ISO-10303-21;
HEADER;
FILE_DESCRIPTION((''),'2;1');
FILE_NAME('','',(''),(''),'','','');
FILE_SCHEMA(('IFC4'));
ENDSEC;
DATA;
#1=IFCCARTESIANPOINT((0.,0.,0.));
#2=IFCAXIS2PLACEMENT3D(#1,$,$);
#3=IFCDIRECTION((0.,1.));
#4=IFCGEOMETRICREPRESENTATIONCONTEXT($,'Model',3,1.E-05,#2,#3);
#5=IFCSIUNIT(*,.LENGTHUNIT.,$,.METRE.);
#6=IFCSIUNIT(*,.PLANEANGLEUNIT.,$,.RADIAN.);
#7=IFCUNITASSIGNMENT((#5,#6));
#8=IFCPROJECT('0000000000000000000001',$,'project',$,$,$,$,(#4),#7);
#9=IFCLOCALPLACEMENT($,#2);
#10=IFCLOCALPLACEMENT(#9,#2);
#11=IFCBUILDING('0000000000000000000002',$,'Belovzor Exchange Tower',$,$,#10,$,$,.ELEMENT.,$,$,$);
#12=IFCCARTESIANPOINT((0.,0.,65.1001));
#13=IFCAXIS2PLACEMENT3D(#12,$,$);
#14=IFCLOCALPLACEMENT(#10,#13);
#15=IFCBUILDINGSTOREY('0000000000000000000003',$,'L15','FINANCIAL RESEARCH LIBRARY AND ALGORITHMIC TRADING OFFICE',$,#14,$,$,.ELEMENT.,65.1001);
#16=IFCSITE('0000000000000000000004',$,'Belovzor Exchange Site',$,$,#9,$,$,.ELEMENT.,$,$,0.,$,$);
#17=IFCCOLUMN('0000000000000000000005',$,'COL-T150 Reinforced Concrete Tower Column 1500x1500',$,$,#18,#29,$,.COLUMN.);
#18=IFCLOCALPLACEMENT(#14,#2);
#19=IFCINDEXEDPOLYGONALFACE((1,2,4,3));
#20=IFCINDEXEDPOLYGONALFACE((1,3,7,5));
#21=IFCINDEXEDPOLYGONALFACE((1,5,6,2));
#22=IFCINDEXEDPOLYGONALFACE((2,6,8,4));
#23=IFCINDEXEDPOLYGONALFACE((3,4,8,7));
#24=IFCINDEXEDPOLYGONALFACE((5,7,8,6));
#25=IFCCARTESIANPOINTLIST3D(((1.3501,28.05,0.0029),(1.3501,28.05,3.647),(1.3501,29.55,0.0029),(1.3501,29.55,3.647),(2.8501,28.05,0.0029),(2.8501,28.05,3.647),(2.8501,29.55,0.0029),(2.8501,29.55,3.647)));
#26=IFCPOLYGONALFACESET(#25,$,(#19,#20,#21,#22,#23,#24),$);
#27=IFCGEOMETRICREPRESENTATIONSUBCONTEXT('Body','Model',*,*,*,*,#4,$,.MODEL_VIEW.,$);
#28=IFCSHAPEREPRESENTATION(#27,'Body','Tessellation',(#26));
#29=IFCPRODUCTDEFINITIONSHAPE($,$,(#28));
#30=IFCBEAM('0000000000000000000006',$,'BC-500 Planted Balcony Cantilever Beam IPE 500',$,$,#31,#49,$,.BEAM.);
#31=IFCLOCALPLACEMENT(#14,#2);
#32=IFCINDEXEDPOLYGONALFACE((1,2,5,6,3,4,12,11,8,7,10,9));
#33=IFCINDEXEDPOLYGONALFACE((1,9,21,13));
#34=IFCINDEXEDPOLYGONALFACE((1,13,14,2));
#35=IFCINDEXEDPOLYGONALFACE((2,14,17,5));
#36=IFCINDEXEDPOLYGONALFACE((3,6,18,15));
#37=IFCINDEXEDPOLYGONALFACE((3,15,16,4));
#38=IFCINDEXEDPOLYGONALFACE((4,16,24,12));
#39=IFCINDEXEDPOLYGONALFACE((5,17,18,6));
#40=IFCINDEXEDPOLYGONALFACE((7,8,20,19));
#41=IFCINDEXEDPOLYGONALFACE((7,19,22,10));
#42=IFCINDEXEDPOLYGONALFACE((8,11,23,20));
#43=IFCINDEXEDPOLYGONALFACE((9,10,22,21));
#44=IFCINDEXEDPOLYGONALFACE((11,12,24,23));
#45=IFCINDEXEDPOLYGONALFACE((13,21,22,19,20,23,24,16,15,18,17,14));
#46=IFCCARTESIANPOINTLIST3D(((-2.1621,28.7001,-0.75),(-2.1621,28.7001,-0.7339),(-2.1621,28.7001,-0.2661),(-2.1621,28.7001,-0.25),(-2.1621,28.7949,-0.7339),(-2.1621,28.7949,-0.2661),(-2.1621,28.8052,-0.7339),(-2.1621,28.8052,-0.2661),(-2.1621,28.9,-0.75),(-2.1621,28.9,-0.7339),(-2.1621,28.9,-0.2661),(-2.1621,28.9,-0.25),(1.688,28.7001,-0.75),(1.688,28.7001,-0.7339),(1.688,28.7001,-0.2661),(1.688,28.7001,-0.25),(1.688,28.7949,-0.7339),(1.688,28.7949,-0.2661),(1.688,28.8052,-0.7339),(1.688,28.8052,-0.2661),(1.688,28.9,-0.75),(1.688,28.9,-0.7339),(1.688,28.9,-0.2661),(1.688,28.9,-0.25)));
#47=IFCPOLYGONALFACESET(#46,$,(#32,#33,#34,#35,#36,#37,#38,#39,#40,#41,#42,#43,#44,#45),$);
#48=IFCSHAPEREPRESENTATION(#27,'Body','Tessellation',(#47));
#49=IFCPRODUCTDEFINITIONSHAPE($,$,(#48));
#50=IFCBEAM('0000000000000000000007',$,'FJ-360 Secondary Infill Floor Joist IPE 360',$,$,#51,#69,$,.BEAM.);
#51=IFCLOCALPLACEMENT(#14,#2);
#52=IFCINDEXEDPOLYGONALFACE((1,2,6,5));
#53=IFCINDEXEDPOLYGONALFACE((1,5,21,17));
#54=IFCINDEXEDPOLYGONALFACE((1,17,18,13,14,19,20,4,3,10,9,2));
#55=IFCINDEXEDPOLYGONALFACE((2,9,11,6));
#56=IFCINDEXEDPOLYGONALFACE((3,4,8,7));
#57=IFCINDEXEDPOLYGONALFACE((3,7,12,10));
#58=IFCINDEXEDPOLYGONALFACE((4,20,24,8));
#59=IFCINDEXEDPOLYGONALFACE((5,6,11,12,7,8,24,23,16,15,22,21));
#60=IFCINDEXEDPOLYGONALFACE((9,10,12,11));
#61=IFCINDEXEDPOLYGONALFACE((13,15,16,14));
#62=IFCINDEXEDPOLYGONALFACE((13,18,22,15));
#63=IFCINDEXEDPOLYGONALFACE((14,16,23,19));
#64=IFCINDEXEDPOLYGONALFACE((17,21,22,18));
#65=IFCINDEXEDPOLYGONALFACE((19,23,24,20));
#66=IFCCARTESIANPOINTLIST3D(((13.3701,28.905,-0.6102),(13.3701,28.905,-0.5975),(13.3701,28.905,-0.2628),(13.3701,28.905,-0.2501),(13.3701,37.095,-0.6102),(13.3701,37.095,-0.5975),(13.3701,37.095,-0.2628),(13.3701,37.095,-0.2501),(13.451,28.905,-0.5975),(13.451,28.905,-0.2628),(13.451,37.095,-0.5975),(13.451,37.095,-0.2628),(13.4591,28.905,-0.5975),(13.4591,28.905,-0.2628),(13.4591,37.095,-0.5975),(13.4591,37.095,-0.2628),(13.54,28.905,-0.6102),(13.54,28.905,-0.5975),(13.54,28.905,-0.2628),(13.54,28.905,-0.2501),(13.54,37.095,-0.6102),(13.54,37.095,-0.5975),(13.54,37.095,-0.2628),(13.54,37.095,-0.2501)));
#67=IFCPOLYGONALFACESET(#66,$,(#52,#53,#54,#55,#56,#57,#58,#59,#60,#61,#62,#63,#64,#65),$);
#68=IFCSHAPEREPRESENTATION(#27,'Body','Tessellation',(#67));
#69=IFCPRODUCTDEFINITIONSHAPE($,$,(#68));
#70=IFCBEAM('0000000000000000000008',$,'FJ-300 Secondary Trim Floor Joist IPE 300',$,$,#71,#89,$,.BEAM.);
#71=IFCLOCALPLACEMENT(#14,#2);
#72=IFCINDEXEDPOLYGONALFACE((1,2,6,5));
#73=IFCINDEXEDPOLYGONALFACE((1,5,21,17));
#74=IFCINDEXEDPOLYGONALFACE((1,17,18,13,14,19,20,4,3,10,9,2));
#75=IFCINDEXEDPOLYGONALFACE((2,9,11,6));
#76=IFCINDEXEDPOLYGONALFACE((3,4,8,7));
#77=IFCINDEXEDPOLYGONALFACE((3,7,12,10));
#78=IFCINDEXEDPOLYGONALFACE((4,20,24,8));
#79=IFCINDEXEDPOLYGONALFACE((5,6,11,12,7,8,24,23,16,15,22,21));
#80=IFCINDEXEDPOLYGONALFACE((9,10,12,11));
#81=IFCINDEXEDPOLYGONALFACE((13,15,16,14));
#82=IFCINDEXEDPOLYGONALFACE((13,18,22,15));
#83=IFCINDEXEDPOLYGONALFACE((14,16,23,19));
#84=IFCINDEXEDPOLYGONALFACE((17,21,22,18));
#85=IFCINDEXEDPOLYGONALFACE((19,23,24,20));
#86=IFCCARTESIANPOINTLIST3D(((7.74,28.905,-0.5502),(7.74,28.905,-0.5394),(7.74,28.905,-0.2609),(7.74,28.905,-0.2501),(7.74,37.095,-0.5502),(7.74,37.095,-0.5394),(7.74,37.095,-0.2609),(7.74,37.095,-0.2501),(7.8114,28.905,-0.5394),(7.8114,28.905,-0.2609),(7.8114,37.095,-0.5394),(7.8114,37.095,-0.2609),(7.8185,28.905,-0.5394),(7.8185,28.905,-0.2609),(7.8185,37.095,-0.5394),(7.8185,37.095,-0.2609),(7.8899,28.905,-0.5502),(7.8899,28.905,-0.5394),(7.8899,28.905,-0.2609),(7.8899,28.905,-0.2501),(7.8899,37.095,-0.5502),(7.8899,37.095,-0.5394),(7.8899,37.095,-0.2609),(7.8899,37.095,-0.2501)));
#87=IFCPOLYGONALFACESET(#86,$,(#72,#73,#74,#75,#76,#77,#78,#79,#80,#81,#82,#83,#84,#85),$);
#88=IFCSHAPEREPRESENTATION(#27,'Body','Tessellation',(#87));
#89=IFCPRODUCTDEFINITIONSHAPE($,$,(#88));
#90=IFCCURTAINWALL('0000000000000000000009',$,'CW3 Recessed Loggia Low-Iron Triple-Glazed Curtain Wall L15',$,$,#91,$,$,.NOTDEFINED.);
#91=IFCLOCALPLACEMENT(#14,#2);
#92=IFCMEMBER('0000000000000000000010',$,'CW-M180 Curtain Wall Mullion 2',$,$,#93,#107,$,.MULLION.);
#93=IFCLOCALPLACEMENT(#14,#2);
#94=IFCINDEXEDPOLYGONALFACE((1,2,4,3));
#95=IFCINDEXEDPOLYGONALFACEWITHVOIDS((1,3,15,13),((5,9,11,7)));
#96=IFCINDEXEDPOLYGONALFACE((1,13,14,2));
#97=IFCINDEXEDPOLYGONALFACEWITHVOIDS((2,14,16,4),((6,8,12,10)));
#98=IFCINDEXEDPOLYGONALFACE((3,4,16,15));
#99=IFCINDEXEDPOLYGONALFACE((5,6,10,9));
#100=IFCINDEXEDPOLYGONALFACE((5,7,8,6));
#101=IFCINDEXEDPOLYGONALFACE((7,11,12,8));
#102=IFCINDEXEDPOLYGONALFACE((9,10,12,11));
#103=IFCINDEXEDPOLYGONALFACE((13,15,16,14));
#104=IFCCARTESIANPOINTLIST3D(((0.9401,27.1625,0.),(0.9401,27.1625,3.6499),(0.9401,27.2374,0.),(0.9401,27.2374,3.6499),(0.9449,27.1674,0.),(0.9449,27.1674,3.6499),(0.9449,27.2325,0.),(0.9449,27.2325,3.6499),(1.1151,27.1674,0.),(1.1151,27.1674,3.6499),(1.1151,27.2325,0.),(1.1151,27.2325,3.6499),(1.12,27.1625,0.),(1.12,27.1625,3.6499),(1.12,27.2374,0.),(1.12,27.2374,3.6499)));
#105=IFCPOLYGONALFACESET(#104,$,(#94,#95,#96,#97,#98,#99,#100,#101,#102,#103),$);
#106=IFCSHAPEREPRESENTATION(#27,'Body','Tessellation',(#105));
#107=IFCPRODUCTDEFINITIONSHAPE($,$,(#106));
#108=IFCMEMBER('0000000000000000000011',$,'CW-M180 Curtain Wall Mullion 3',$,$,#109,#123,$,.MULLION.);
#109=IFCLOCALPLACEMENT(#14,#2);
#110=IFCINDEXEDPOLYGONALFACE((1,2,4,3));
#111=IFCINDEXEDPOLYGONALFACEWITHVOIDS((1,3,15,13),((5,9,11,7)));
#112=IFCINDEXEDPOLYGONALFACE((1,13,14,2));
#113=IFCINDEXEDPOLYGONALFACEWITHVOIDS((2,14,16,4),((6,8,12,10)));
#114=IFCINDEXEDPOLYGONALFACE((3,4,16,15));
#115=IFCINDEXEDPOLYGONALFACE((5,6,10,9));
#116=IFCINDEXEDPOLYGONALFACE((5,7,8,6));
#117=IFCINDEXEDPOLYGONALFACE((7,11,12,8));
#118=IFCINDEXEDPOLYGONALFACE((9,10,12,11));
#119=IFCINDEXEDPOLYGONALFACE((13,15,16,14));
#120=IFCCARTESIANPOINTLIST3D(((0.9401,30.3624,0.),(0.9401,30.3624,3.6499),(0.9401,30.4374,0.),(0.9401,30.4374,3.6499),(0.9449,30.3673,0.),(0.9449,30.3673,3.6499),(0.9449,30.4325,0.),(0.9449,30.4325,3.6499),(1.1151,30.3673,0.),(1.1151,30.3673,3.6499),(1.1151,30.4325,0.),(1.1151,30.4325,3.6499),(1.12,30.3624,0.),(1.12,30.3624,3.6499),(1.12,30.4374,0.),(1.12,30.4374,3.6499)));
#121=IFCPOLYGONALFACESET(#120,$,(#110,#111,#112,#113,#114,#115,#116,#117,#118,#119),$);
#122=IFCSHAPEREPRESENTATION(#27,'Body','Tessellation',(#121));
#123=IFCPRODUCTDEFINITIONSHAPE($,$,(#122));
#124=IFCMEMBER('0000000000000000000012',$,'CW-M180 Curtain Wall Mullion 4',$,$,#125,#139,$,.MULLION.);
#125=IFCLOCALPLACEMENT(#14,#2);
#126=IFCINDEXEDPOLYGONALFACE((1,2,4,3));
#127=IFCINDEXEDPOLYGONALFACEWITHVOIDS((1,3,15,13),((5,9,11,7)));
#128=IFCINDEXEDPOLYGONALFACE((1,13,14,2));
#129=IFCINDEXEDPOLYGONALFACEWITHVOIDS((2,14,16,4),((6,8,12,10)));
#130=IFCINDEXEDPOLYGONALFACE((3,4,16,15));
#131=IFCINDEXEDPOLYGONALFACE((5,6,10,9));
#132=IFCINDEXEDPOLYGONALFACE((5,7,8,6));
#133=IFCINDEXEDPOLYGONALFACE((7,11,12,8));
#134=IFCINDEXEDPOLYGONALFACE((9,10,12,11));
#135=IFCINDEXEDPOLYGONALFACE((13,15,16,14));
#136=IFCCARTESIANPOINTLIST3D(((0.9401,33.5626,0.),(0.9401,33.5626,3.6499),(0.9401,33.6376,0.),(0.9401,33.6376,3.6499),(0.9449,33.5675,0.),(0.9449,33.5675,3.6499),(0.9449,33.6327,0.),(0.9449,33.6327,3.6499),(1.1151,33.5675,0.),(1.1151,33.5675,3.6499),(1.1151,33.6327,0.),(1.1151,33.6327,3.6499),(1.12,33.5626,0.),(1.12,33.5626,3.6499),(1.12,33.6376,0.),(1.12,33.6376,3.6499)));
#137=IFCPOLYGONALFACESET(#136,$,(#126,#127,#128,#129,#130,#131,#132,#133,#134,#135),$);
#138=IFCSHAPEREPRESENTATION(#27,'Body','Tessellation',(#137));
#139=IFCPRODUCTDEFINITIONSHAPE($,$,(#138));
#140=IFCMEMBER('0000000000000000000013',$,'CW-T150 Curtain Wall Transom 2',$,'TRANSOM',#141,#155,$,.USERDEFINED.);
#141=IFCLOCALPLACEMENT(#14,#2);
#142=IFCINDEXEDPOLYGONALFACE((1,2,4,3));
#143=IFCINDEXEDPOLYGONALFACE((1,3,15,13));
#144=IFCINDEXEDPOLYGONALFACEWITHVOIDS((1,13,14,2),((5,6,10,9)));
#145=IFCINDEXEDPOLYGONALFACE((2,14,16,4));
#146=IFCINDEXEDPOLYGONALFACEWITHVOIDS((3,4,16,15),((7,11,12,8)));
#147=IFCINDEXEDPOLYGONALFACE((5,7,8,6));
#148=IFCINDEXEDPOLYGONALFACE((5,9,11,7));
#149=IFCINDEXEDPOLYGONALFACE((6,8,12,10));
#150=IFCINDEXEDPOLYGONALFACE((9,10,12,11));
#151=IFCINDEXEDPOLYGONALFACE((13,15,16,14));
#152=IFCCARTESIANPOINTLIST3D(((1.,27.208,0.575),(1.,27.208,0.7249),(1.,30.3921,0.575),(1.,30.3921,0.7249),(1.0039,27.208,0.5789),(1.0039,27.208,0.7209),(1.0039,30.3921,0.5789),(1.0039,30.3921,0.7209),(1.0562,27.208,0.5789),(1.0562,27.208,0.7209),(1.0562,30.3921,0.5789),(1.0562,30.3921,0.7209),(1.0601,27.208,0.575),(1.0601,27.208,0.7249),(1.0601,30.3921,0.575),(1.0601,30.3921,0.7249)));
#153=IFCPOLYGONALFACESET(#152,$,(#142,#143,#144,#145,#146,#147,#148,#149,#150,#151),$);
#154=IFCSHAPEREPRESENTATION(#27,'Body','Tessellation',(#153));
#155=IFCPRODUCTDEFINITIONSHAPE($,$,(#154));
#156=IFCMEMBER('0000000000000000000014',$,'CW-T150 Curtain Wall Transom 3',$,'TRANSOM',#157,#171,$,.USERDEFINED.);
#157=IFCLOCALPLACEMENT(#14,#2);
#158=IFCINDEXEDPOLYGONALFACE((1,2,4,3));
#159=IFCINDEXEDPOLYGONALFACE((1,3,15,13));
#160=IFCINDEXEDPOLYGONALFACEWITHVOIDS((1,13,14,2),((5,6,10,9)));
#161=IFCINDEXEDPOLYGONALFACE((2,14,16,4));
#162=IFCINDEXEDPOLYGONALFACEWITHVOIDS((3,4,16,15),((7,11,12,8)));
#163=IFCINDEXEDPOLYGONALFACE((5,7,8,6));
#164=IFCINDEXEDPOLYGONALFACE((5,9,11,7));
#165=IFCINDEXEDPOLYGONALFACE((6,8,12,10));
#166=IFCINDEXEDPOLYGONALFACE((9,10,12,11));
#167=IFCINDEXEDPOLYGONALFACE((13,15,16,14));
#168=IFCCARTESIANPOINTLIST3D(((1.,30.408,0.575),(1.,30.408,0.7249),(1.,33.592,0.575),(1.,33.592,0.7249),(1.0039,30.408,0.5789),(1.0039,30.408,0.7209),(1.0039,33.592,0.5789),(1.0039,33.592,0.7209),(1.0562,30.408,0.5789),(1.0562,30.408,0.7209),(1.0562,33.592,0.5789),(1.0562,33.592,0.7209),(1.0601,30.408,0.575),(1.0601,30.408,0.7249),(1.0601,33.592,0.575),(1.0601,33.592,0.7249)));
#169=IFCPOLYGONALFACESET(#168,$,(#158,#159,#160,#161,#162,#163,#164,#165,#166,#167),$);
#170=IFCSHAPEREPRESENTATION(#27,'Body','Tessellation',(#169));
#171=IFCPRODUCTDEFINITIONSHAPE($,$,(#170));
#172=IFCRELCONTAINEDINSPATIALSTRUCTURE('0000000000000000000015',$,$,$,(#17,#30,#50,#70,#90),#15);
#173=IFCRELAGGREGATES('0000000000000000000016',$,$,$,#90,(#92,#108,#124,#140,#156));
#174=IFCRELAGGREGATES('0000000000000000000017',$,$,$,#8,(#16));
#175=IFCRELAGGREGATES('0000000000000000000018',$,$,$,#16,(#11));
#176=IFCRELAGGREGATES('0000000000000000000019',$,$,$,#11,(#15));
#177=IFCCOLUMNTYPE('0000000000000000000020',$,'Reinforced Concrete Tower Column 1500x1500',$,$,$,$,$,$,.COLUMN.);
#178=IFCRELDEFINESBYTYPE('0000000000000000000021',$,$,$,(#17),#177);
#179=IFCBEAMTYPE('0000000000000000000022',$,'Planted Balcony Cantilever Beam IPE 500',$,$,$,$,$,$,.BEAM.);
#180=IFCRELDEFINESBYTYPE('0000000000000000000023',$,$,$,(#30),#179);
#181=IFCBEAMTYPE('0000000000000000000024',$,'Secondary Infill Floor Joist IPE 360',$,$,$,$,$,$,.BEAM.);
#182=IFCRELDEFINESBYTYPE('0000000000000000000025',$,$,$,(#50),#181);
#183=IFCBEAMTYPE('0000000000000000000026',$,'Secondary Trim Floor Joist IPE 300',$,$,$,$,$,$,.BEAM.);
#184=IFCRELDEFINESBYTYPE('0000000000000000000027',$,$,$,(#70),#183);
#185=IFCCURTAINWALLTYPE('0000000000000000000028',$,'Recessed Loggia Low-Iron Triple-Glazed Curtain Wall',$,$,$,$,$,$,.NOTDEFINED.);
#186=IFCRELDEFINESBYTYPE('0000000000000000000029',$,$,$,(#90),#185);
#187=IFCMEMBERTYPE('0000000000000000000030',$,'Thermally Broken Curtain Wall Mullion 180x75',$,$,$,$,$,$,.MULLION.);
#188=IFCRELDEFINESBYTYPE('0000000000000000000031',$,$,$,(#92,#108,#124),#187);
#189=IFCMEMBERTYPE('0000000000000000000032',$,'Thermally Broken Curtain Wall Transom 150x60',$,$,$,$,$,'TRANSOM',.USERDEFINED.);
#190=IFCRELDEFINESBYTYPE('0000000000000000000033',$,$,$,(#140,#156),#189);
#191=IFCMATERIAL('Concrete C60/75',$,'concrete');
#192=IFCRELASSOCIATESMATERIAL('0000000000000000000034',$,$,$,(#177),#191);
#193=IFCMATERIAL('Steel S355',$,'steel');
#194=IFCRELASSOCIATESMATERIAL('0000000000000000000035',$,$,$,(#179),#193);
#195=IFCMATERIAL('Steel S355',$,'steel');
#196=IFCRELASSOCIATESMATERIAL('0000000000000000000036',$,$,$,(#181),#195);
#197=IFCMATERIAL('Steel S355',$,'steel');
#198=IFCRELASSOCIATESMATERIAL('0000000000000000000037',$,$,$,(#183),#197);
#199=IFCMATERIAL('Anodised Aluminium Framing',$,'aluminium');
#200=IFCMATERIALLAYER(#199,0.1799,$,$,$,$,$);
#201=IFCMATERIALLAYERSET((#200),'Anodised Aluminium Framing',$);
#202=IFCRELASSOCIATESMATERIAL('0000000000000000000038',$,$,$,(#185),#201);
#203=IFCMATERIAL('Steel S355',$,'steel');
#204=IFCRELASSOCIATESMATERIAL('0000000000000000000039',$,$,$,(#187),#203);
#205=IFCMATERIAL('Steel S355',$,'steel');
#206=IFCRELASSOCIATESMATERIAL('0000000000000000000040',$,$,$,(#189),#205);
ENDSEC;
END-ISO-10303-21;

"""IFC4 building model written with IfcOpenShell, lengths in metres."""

from ifc_helpers import new_model, si_unit, direction, frame, origin, origin_2d, place, context, subcontext, project, spatial, rectangle, hollow_rectangle, i_section, extrude, material, layer, layer_set, material_profile, profile_set, type_object, element, aggregate, save


model = new_model("IFC4")

# Units and contexts
model_context = context("Model", 3, precision=1e-05, world=origin(), true_north=direction((0.0, 1.0)))
body_context = subcontext(model_context, "Body", "Model", "MODEL_VIEW")
ifc_project = project(units=[si_unit("LENGTHUNIT", "METRE"), si_unit("PLANEANGLEUNIT", "RADIAN")], contexts=[model_context])

# Site, building, storey
site_placement = place(None, origin())
site = spatial("IfcSite", under=ifc_project, at=site_placement, Name="Belovzor Exchange Site", CompositionType="ELEMENT", RefElevation=0.0)
building_placement = place(site_placement, origin())
building = spatial("IfcBuilding", under=site, at=building_placement, Name="Belovzor Exchange Tower", CompositionType="ELEMENT")
storey_placement = place(building_placement, frame((0.0, 0.0, 65.1001)))
storey = spatial("IfcBuildingStorey", under=building, at=storey_placement, Name="L15", Description="FINANCIAL RESEARCH LIBRARY AND ALGORITHMIC TRADING OFFICE", CompositionType="ELEMENT", Elevation=65.1001)

# Column
ifc_material_1 = material(Name="Concrete C60/75", Category="concrete")
ifc_material_profile_1 = material_profile(ifc_material_1, rectangle(XDim=1.5, YDim=1.5, at=origin_2d()))
ifc_profile_set_1 = profile_set([ifc_material_profile_1], Name="Concrete C60/75")
column_type = type_object("IfcColumnType", Name="Reinforced Concrete Tower Column 1500x1500", PredefinedType="COLUMN", material=ifc_profile_set_1)
column_placement = place(storey_placement, frame((2.1001, 28.8, 0.0029), z_axis=(0.0, 0.0, 1.0), x_axis=(1.0, 0.0, 0.0)))
element("IfcColumn", 1, at=column_placement, inside=storey, type_object=column_type, Name="COL-T150 Reinforced Concrete Tower Column 1500x1500", PredefinedType="COLUMN", context=body_context, shape_type="SweptSolid", body=[
    extrude(rectangle(XDim=1.5, YDim=1.5, at=origin_2d()), origin(), (0.0, 0.0, 1.0), 3.644),
])

# Beams
ifc_material_2 = material(Name="Steel S355", Category="steel")
ifc_material_profile_2 = material_profile(ifc_material_2, i_section(OverallWidth=0.2, OverallDepth=0.5, WebThickness=0.0103, FlangeThickness=0.0161, at=origin_2d()))
ifc_profile_set_2 = profile_set([ifc_material_profile_2], Name="Steel S355")
beam_type_1 = type_object("IfcBeamType", Name="Planted Balcony Cantilever Beam IPE 500", PredefinedType="BEAM", material=ifc_profile_set_2)
beam_1_placement = place(storey_placement, frame((1.688, 28.8, -0.5), z_axis=(-1.0, 0.0, 0.0), x_axis=(0.0, -1.0, 0.0)))
element("IfcBeam", 2, at=beam_1_placement, inside=storey, type_object=beam_type_1, Name="BC-500 Planted Balcony Cantilever Beam IPE 500", PredefinedType="BEAM", context=body_context, shape_type="SweptSolid", body=[
    extrude(i_section(OverallWidth=0.2, OverallDepth=0.5, WebThickness=0.0103, FlangeThickness=0.0161, at=origin_2d()), origin(), (0.0, 0.0, 1.0), 3.8501),
])
ifc_material_3 = material(Name="Steel S355", Category="steel")
ifc_material_profile_3 = material_profile(ifc_material_3, i_section(OverallWidth=0.1699, OverallDepth=0.3601, WebThickness=0.0081, FlangeThickness=0.0127, at=origin_2d()))
ifc_profile_set_3 = profile_set([ifc_material_profile_3], Name="Steel S355")
beam_type_2 = type_object("IfcBeamType", Name="Secondary Infill Floor Joist IPE 360", PredefinedType="BEAM", material=ifc_profile_set_3)
beam_2_placement = place(storey_placement, frame((13.4551, 28.905, -0.4302), z_axis=(0.0, 1.0, 0.0), x_axis=(-1.0, 0.0, 0.0)))
element("IfcBeam", 3, at=beam_2_placement, inside=storey, type_object=beam_type_2, Name="FJ-360 Secondary Infill Floor Joist IPE 360", PredefinedType="BEAM", context=body_context, shape_type="SweptSolid", body=[
    extrude(i_section(OverallWidth=0.1699, OverallDepth=0.3601, WebThickness=0.0081, FlangeThickness=0.0127, at=origin_2d()), origin(), (0.0, 0.0, 1.0), 8.1899),
])
ifc_material_4 = material(Name="Steel S355", Category="steel")
ifc_material_profile_4 = material_profile(ifc_material_4, i_section(OverallWidth=0.1499, OverallDepth=0.3, WebThickness=0.0071, FlangeThickness=0.0107, at=origin_2d()))
ifc_profile_set_4 = profile_set([ifc_material_profile_4], Name="Steel S355")
beam_type_3 = type_object("IfcBeamType", Name="Secondary Trim Floor Joist IPE 300", PredefinedType="BEAM", material=ifc_profile_set_4)
beam_3_placement = place(storey_placement, frame((7.8149, 28.905, -0.4001), z_axis=(0.0, 1.0, 0.0), x_axis=(-1.0, 0.0, 0.0)))
element("IfcBeam", 4, at=beam_3_placement, inside=storey, type_object=beam_type_3, Name="FJ-300 Secondary Trim Floor Joist IPE 300", PredefinedType="BEAM", context=body_context, shape_type="SweptSolid", body=[
    extrude(i_section(OverallWidth=0.1499, OverallDepth=0.3, WebThickness=0.0071, FlangeThickness=0.0107, at=origin_2d()), origin(), (0.0, 0.0, 1.0), 8.1899),
])

# Curtain wall, members
ifc_material_5 = material(Name="Anodised Aluminium Framing", Category="aluminium")
ifc_layer_1 = layer(ifc_material_5, 0.1799)
ifc_layer_set_1 = layer_set([ifc_layer_1], Name="Anodised Aluminium Framing")
curtain_wall_type = type_object("IfcCurtainWallType", Name="Recessed Loggia Low-Iron Triple-Glazed Curtain Wall", PredefinedType="NOTDEFINED", material=ifc_layer_set_1)
curtain_wall_placement = place(storey_placement, origin())
curtain_wall = element("IfcCurtainWall", 5, at=curtain_wall_placement, inside=storey, type_object=curtain_wall_type, Name="CW3 Recessed Loggia Low-Iron Triple-Glazed Curtain Wall L15", PredefinedType="NOTDEFINED")
ifc_material_6 = material(Name="Steel S355", Category="steel")
ifc_material_profile_5 = material_profile(ifc_material_6, hollow_rectangle(XDim=0.075, YDim=0.1799, WallThickness=0.0049, at=origin_2d()))
ifc_profile_set_5 = profile_set([ifc_material_profile_5], Name="Steel S355")
member_type_1 = type_object("IfcMemberType", Name="Thermally Broken Curtain Wall Mullion 180x75", PredefinedType="MULLION", material=ifc_profile_set_5)
member_1_placement = place(storey_placement, frame((1.03, 27.2, 0.0), z_axis=(0.0, 0.0, 1.0), x_axis=(0.0, 1.0, 0.0)))
member_1 = element("IfcMember", 6, at=member_1_placement, type_object=member_type_1, Name="CW-M180 Curtain Wall Mullion 2", PredefinedType="MULLION", context=body_context, shape_type="SweptSolid", body=[
    extrude(hollow_rectangle(XDim=0.075, YDim=0.1799, WallThickness=0.0049, at=origin_2d()), origin(), (0.0, 0.0, 1.0), 3.6499),
])
member_2_placement = place(storey_placement, frame((1.03, 30.3999, 0.0), z_axis=(0.0, 0.0, 1.0), x_axis=(0.0, 1.0, 0.0)))
member_2 = element("IfcMember", 7, at=member_2_placement, type_object=member_type_1, Name="CW-M180 Curtain Wall Mullion 3", PredefinedType="MULLION", context=body_context, shape_type="SweptSolid", body=[
    extrude(hollow_rectangle(XDim=0.075, YDim=0.1799, WallThickness=0.0049, at=origin_2d()), origin(), (0.0, 0.0, 1.0), 3.6499),
])
member_3_placement = place(storey_placement, frame((1.03, 33.6001, 0.0), z_axis=(0.0, 0.0, 1.0), x_axis=(0.0, 1.0, 0.0)))
member_3 = element("IfcMember", 8, at=member_3_placement, type_object=member_type_1, Name="CW-M180 Curtain Wall Mullion 4", PredefinedType="MULLION", context=body_context, shape_type="SweptSolid", body=[
    extrude(hollow_rectangle(XDim=0.075, YDim=0.1799, WallThickness=0.0049, at=origin_2d()), origin(), (0.0, 0.0, 1.0), 3.6499),
])
ifc_material_7 = material(Name="Steel S355", Category="steel")
ifc_material_profile_6 = material_profile(ifc_material_7, hollow_rectangle(XDim=0.0601, YDim=0.1499, WallThickness=0.0039, at=origin_2d()))
ifc_profile_set_6 = profile_set([ifc_material_profile_6], Name="Steel S355")
member_type_2 = type_object("IfcMemberType", Name="Thermally Broken Curtain Wall Transom 150x60", ElementType="TRANSOM", PredefinedType="USERDEFINED", material=ifc_profile_set_6)
member_4_placement = place(storey_placement, frame((1.03, 27.208, 0.6499), z_axis=(0.0, 1.0, 0.0), x_axis=(-1.0, 0.0, 0.0)))
member_4 = element("IfcMember", 9, at=member_4_placement, type_object=member_type_2, Name="CW-T150 Curtain Wall Transom 2", ObjectType="TRANSOM", PredefinedType="USERDEFINED", context=body_context, shape_type="SweptSolid", body=[
    extrude(hollow_rectangle(XDim=0.0601, YDim=0.1499, WallThickness=0.0039, at=origin_2d()), origin(), (0.0, 0.0, 1.0), 3.1841),
])
member_5_placement = place(storey_placement, frame((1.03, 30.408, 0.6499), z_axis=(0.0, 1.0, 0.0), x_axis=(-1.0, 0.0, 0.0)))
member_5 = element("IfcMember", 10, at=member_5_placement, type_object=member_type_2, Name="CW-T150 Curtain Wall Transom 3", ObjectType="TRANSOM", PredefinedType="USERDEFINED", context=body_context, shape_type="SweptSolid", body=[
    extrude(hollow_rectangle(XDim=0.0601, YDim=0.1499, WallThickness=0.0039, at=origin_2d()), origin(), (0.0, 0.0, 1.0), 3.1841),
])

aggregate(curtain_wall, [member_1, member_2, member_3, member_4, member_5])

save(model, "model.ifc")
